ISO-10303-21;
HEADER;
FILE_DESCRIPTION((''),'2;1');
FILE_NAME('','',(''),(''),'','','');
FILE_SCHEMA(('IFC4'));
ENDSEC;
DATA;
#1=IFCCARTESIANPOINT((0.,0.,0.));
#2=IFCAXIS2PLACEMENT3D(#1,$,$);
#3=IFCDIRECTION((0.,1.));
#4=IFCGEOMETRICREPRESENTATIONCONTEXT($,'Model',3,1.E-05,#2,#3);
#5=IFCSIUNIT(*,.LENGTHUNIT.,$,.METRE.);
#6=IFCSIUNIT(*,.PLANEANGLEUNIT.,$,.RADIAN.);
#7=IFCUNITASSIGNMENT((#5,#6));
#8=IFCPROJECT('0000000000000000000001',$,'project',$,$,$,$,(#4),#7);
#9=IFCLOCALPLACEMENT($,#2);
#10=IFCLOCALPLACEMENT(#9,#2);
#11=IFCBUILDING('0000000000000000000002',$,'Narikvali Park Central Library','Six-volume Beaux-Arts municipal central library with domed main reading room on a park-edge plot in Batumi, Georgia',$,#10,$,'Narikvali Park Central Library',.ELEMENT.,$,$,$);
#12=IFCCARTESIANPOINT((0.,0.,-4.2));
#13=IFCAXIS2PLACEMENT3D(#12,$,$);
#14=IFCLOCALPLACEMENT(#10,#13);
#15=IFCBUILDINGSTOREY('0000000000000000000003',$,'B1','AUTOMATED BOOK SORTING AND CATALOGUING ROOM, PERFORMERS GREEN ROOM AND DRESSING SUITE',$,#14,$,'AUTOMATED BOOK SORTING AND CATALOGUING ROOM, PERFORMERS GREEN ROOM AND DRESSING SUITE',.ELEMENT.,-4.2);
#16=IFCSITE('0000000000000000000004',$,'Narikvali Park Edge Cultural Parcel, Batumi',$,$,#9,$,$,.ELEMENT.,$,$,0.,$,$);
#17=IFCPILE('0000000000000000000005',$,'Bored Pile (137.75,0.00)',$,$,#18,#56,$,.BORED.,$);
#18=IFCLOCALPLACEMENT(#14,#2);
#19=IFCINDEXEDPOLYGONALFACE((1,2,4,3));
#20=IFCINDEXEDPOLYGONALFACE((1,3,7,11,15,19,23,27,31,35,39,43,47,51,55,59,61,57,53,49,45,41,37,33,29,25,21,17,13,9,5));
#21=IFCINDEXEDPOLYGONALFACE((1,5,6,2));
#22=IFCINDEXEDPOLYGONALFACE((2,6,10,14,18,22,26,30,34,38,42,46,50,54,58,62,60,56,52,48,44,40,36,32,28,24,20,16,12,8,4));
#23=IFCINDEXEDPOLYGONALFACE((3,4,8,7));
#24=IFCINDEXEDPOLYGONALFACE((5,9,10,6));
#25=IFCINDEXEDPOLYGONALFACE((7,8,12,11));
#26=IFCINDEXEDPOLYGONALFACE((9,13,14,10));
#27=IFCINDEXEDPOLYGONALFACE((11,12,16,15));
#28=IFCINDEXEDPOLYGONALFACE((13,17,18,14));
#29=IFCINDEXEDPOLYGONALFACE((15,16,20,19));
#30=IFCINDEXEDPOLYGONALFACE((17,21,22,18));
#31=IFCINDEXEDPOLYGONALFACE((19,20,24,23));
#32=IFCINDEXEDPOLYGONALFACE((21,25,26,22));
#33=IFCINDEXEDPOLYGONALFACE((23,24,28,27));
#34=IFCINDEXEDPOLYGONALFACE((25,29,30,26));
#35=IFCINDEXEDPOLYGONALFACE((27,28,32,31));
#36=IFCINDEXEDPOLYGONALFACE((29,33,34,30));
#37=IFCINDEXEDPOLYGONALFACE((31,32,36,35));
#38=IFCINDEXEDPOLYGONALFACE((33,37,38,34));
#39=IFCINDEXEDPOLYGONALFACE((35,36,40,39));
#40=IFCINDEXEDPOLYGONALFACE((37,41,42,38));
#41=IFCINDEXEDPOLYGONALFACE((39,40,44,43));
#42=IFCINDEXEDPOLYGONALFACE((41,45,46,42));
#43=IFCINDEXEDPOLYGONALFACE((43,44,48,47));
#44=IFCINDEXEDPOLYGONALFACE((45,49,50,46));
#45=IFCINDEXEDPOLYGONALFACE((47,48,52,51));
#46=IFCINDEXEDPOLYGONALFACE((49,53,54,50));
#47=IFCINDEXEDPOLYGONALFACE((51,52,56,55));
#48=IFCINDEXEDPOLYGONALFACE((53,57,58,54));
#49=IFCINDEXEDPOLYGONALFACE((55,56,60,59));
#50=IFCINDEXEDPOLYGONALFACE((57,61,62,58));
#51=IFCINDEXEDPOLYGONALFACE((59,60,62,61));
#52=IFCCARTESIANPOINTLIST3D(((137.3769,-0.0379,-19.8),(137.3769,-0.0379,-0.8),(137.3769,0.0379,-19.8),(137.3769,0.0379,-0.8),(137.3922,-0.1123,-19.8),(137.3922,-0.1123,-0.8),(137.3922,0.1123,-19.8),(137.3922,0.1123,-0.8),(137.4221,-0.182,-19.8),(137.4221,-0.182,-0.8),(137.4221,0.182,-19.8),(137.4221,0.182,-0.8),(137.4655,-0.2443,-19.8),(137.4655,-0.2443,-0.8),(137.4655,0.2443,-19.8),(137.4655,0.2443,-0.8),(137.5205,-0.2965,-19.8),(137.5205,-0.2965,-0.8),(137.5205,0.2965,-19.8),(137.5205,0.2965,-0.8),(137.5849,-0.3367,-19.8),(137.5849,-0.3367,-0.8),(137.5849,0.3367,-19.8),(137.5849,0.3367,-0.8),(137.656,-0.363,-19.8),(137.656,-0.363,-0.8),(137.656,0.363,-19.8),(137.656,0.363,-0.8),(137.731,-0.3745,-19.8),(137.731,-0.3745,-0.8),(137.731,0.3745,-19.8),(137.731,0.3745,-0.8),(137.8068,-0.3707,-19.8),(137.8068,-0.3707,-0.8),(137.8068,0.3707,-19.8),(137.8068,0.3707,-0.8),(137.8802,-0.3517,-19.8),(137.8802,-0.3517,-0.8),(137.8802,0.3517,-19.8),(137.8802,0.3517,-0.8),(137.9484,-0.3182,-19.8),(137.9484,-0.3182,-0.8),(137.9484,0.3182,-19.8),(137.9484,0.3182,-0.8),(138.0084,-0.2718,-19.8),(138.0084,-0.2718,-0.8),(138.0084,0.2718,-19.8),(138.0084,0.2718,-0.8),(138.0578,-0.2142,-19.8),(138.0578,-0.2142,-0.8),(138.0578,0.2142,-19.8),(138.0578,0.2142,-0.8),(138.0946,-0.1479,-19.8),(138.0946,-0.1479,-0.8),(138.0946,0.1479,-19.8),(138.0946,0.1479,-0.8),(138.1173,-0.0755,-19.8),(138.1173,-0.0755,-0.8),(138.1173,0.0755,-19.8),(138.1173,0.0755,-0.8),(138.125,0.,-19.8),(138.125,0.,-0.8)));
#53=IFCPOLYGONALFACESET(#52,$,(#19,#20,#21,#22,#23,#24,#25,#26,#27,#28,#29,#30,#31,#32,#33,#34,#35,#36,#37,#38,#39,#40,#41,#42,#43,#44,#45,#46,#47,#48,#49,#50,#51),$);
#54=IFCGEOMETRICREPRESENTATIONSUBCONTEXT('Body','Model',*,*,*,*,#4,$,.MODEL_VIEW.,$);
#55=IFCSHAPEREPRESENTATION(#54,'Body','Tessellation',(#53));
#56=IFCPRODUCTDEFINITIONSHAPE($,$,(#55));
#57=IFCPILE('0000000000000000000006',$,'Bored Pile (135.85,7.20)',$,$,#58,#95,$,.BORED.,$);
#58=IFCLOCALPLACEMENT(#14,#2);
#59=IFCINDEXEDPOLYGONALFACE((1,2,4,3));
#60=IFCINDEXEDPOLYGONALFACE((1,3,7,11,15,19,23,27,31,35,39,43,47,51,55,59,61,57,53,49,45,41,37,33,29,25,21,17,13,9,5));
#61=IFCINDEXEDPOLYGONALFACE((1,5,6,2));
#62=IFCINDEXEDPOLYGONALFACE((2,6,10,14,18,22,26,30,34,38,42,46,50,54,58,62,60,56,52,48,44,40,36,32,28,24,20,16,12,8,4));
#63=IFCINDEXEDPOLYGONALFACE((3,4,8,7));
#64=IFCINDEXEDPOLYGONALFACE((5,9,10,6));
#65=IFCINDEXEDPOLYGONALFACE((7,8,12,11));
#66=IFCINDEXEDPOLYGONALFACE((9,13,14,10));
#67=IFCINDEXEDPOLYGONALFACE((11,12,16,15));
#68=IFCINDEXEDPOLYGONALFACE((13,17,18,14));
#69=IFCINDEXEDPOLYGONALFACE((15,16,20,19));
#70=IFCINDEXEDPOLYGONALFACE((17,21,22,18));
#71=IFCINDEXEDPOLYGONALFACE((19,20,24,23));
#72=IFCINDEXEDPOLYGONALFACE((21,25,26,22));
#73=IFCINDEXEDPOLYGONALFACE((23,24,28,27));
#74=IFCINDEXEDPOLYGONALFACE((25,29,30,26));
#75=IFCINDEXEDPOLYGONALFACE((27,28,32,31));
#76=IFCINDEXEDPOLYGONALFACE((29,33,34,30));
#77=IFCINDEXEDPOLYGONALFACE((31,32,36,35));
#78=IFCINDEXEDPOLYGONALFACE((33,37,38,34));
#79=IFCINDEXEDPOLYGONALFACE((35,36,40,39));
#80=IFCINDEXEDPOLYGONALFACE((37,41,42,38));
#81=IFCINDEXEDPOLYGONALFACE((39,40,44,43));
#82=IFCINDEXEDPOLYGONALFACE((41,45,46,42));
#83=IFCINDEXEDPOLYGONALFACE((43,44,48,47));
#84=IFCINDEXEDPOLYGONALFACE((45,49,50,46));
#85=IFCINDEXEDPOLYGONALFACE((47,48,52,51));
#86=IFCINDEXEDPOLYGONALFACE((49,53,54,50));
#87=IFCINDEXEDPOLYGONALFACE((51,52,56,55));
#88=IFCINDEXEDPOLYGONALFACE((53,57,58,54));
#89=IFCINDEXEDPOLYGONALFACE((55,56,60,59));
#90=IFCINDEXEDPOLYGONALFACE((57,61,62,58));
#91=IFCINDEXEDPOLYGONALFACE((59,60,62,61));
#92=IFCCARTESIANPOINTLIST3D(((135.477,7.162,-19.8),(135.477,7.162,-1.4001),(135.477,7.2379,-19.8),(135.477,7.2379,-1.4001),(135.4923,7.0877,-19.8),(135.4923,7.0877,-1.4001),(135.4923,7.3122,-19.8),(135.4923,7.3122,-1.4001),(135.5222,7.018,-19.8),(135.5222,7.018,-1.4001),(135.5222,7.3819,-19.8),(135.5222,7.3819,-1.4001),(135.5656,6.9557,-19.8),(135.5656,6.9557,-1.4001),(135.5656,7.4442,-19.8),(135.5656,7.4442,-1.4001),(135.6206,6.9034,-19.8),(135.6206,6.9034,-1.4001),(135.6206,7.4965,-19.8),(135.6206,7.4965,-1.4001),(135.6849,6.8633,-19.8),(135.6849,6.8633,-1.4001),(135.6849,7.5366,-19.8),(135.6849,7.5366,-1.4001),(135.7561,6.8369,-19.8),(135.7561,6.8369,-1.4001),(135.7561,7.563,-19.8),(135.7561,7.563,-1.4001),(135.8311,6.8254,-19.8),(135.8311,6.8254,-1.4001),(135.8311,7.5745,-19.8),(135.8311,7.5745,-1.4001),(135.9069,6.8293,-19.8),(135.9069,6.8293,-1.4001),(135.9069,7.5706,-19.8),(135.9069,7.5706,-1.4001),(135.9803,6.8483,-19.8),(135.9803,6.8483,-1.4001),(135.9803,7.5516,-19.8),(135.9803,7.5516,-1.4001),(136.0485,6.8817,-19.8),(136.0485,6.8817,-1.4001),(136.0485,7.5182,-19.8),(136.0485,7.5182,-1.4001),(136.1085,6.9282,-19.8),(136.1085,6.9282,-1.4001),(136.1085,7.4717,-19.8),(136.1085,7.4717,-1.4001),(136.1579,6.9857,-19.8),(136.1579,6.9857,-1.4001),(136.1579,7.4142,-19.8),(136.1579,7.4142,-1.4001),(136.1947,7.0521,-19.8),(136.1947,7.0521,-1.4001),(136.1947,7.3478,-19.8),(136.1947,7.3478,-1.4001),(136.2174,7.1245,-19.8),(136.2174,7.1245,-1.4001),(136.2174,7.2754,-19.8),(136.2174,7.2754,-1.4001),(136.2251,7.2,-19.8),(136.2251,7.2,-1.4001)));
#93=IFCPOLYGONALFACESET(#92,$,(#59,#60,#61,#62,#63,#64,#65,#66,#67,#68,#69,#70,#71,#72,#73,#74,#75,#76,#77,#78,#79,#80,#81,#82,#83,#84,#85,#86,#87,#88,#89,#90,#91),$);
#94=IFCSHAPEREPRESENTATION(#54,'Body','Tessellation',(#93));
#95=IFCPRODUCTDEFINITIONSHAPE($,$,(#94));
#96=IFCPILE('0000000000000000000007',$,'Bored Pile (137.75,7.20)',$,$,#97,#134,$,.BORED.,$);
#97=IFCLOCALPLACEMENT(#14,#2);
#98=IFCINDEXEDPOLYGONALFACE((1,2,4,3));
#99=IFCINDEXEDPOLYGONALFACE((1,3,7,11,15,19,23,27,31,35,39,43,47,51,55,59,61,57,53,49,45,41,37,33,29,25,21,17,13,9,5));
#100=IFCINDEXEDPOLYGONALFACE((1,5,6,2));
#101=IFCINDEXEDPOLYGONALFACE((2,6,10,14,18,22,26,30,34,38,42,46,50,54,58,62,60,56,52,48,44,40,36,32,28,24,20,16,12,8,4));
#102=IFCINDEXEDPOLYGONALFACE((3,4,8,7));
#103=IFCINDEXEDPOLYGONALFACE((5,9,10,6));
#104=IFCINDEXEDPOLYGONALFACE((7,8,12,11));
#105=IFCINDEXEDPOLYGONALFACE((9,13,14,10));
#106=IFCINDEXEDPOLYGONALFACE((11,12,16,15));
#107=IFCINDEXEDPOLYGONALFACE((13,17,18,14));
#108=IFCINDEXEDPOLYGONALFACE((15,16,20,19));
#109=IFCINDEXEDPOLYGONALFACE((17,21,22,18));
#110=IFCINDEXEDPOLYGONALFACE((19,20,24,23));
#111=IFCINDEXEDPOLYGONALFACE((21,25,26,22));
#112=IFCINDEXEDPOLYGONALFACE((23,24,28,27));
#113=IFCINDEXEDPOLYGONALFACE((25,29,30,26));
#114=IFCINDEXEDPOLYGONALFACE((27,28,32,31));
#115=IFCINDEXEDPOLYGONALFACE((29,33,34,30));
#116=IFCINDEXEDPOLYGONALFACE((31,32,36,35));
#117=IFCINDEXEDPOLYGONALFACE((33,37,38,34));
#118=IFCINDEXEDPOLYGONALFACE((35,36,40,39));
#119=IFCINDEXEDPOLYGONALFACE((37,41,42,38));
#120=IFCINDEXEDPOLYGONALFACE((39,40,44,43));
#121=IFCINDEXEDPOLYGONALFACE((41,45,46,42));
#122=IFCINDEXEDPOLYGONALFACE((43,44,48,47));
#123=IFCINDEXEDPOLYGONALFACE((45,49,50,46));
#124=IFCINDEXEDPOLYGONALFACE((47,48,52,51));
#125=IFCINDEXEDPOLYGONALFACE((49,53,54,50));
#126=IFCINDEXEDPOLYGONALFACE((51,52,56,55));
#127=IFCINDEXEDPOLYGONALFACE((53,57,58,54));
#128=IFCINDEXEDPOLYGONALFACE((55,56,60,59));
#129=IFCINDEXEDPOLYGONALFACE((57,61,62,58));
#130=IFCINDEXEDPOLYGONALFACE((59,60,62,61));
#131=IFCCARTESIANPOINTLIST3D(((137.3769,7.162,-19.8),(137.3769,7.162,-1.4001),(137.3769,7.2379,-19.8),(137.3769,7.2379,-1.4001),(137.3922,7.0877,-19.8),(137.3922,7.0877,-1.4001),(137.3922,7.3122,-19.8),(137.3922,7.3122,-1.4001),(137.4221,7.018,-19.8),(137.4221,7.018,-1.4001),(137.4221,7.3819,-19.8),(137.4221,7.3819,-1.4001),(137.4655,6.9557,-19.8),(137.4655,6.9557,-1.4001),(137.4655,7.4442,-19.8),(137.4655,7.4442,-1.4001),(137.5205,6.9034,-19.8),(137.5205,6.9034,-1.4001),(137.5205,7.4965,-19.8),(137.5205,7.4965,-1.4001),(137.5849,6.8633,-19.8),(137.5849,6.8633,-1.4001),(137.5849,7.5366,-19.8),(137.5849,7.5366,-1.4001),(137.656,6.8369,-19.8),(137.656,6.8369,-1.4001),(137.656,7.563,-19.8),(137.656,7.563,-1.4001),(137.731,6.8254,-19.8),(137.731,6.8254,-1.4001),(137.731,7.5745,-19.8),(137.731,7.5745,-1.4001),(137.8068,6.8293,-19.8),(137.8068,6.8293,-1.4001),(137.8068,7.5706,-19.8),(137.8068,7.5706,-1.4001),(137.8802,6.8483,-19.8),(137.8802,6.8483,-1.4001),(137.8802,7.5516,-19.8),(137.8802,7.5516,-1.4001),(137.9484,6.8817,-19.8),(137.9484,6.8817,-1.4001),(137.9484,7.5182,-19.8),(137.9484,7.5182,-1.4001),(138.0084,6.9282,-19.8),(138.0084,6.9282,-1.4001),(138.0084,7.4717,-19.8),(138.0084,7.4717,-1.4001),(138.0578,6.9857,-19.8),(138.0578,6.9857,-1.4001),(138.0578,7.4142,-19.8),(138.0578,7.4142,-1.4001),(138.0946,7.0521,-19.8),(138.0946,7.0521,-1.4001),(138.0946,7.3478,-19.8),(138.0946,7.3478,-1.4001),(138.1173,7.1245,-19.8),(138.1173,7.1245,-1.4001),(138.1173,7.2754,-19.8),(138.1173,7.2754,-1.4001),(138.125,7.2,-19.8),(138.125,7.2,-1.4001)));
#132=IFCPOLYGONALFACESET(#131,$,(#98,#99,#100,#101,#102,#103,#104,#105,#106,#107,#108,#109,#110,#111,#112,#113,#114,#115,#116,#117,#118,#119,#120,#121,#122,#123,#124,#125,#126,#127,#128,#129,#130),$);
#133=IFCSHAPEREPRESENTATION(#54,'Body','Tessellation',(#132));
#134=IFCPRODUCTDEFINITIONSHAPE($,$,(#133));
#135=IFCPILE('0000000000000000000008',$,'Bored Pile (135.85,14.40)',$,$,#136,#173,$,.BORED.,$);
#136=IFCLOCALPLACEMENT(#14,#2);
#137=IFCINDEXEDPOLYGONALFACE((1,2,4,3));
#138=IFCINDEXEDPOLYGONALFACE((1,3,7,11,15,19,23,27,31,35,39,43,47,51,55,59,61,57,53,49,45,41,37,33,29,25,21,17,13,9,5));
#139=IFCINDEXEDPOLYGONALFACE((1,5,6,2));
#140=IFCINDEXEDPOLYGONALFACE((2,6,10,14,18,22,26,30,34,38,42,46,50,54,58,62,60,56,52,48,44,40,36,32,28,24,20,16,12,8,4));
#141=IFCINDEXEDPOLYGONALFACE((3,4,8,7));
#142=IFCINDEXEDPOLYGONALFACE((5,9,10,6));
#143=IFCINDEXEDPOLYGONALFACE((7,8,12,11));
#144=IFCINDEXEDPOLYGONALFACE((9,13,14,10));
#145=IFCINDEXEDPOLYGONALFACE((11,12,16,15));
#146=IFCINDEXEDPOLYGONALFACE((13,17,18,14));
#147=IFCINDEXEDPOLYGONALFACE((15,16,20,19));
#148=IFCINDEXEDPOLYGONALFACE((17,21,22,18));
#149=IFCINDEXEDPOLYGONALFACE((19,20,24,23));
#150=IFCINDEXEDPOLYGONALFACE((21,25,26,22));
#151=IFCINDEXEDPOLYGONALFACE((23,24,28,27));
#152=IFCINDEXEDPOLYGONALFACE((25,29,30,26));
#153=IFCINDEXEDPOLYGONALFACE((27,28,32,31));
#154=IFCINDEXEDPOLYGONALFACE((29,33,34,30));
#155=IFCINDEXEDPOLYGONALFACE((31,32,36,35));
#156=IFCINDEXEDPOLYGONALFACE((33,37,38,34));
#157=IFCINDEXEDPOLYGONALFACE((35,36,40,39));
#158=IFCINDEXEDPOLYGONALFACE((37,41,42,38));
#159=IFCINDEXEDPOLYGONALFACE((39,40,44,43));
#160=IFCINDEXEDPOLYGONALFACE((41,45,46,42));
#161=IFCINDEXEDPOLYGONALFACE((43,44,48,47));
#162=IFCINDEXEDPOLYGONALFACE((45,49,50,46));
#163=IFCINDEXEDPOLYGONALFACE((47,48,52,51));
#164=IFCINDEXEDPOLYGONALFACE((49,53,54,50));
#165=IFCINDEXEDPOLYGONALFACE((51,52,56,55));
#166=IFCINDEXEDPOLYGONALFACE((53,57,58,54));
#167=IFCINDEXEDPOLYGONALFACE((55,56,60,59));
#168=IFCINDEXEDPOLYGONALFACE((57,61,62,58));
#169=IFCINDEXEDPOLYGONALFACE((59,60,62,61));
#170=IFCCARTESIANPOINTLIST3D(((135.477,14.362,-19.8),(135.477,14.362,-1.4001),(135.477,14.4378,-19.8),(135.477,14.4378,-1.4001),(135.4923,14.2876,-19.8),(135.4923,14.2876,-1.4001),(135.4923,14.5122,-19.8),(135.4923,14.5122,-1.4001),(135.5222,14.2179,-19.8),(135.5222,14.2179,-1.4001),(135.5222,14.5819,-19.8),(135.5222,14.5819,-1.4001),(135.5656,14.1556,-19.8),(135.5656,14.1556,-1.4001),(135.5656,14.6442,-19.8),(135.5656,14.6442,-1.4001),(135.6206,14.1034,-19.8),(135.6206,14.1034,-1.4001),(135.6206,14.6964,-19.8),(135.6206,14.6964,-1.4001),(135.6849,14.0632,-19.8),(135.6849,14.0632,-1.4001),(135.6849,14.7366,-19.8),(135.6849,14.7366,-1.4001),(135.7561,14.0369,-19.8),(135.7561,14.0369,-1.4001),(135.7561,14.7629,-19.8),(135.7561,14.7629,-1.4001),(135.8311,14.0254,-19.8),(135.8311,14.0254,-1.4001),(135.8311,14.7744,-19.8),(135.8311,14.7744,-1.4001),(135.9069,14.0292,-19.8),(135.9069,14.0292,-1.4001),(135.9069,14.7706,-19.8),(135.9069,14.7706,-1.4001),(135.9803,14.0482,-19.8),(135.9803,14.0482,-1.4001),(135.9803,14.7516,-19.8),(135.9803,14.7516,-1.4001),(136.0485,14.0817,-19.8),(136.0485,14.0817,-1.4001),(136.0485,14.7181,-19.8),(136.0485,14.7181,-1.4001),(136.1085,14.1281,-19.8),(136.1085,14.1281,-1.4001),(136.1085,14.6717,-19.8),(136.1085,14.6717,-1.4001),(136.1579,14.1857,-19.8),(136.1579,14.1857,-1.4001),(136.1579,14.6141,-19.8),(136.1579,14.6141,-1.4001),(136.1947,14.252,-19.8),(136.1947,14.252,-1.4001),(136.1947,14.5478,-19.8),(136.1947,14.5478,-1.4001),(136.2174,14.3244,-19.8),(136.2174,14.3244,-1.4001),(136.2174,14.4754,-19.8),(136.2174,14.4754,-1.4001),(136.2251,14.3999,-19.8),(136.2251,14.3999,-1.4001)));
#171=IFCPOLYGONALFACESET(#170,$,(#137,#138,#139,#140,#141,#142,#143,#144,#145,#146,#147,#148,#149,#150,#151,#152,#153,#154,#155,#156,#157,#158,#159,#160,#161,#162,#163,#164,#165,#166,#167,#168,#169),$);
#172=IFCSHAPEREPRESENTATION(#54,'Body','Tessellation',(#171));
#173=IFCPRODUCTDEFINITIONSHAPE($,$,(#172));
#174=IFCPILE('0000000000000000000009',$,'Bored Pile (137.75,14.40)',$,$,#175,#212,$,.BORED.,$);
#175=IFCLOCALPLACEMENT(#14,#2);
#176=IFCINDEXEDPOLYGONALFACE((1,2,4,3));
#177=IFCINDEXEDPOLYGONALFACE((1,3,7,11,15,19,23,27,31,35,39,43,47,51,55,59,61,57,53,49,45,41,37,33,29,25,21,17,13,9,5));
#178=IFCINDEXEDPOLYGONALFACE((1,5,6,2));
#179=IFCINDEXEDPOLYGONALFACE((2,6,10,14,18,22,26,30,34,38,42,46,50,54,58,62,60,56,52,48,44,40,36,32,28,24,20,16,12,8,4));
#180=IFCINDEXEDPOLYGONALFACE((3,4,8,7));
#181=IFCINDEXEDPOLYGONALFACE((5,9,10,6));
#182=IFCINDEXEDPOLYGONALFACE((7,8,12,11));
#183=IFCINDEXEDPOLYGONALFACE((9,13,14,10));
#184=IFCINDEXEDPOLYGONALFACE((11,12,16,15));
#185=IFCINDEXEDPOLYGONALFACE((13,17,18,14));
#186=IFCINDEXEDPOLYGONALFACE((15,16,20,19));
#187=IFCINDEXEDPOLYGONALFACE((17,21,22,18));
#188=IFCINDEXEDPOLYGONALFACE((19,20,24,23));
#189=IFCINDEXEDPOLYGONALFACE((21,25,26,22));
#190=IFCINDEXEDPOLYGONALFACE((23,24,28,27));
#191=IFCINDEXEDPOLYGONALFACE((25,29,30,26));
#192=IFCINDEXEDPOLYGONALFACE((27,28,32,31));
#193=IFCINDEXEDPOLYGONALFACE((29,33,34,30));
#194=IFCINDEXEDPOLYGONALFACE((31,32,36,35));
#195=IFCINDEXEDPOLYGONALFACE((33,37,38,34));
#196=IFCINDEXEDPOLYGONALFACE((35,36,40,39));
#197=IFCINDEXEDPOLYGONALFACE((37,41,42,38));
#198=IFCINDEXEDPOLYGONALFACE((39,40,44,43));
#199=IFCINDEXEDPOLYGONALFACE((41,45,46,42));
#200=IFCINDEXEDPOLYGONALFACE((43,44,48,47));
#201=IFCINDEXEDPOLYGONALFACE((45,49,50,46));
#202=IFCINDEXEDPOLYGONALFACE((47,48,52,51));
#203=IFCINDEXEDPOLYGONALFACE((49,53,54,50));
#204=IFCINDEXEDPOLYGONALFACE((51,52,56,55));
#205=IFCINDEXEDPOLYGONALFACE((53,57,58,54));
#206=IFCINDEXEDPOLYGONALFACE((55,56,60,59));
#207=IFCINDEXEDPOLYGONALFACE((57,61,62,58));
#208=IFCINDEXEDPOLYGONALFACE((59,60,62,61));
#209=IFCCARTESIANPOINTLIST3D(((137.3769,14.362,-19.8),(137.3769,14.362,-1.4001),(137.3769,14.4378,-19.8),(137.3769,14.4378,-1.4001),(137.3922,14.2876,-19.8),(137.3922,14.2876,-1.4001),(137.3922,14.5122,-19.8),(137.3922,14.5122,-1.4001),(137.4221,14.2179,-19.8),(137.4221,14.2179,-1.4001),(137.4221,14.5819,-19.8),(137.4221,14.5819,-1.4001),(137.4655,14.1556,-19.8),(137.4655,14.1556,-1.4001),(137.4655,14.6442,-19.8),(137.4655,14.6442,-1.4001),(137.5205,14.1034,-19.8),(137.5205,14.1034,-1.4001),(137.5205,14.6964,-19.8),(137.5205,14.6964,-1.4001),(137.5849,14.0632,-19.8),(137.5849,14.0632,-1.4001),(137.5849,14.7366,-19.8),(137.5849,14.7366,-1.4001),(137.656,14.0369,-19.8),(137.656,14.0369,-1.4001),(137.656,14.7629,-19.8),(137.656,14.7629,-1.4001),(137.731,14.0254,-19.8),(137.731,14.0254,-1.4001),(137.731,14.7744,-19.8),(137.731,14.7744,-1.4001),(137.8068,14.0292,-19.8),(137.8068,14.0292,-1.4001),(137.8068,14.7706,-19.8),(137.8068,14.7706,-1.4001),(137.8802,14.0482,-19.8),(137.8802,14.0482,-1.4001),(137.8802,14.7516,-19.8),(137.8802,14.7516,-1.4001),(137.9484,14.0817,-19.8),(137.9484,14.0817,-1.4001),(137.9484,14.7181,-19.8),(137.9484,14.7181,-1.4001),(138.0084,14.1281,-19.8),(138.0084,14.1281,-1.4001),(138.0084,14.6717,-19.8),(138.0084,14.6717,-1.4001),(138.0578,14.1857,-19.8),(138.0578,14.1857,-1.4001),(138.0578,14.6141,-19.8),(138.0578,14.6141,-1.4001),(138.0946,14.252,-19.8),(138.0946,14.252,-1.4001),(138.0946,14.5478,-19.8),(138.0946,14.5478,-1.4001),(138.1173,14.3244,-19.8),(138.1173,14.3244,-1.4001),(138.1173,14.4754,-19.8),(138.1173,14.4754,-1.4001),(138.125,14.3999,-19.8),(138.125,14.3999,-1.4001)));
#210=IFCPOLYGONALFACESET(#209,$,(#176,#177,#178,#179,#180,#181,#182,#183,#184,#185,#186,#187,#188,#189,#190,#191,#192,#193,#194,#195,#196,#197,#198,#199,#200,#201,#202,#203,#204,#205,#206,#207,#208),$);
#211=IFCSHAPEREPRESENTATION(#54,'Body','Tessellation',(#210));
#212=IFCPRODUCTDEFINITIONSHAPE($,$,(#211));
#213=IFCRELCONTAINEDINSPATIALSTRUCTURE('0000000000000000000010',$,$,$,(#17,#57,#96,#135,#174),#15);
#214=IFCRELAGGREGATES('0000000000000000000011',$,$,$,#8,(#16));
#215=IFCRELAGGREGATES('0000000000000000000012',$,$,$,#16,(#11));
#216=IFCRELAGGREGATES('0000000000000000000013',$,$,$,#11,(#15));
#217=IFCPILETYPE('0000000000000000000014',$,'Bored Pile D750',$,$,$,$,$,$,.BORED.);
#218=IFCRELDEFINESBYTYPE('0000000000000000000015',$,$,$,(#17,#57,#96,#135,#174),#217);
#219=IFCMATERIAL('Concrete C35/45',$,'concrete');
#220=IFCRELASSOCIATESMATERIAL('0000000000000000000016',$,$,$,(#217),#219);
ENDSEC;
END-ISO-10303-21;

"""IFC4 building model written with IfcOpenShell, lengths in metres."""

from ifc_helpers import new_model, si_unit, direction, frame, origin, origin_2d, place, context, subcontext, project, spatial, circle, extrude, material, material_profile, profile_set, type_object, element, save


model = new_model("IFC4")

# Units and contexts
model_context = context("Model", 3, precision=1e-05, world=origin(), true_north=direction((0.0, 1.0)))
body_context = subcontext(model_context, "Body", "Model", "MODEL_VIEW")
ifc_project = project(units=[si_unit("LENGTHUNIT", "METRE"), si_unit("PLANEANGLEUNIT", "RADIAN")], contexts=[model_context])

# Site, building, storey
site_placement = place(None, origin())
site = spatial("IfcSite", under=ifc_project, at=site_placement, Name="Narikvali Park Edge Cultural Parcel, Batumi", CompositionType="ELEMENT", RefElevation=0.0)
building_placement = place(site_placement, origin())
building = spatial("IfcBuilding", under=site, at=building_placement, Name="Narikvali Park Central Library", Description="Six-volume Beaux-Arts municipal central library with domed main reading room on a park-edge plot in Batumi, Georgia", LongName="Narikvali Park Central Library", CompositionType="ELEMENT")
storey_placement = place(building_placement, frame((0.0, 0.0, -4.2)))
storey = spatial("IfcBuildingStorey", under=building, at=storey_placement, Name="B1", Description="AUTOMATED BOOK SORTING AND CATALOGUING ROOM, PERFORMERS GREEN ROOM AND DRESSING SUITE", LongName="AUTOMATED BOOK SORTING AND CATALOGUING ROOM, PERFORMERS GREEN ROOM AND DRESSING SUITE", CompositionType="ELEMENT", Elevation=-4.2)

# Piles
ifc_material_1 = material(Name="Concrete C35/45", Category="concrete")
ifc_material_profile_1 = material_profile(ifc_material_1, circle(Radius=0.375, at=origin_2d()), Name="PILE D750")
ifc_profile_set_1 = profile_set([ifc_material_profile_1], Name="Concrete C35/45")
pile_type = type_object("IfcPileType", Name="Bored Pile D750", PredefinedType="BORED", material=ifc_profile_set_1)
for number, where, z_axis, x_axis, name in (
    (1, (137.75, 0.0, -0.8), (0.0, 0.0, -1.0), (1.0, 0.0, 0.0), "Bored Pile (137.75,0.00)"),
):
    element("IfcPile", number, at=place(storey_placement, frame(where, z_axis=z_axis, x_axis=x_axis)), inside=storey, type_object=pile_type, Name=name, PredefinedType="BORED", context=body_context, shape_type="SweptSolid", body=[
        extrude(circle(Radius=0.375, at=origin_2d()), origin(), (0.0, 0.0, 1.0), 19.0),
    ])
for number, where, z_axis, x_axis, name in (
    (2, (135.8501, 7.2, -1.4001), (0.0, 0.0, -1.0), (1.0, 0.0, 0.0), "Bored Pile (135.85,7.20)"),
    (3, (137.75, 7.2, -1.4001), (0.0, 0.0, -1.0), (1.0, 0.0, 0.0), "Bored Pile (137.75,7.20)"),
    (4, (135.8501, 14.3999, -1.4001), (0.0, 0.0, -1.0), (1.0, 0.0, 0.0), "Bored Pile (135.85,14.40)"),
    (5, (137.75, 14.3999, -1.4001), (0.0, 0.0, -1.0), (1.0, 0.0, 0.0), "Bored Pile (137.75,14.40)"),
):
    element("IfcPile", number, at=place(storey_placement, frame(where, z_axis=z_axis, x_axis=x_axis)), inside=storey, type_object=pile_type, Name=name, PredefinedType="BORED", context=body_context, shape_type="SweptSolid", body=[
        extrude(circle(Radius=0.375, at=origin_2d()), origin(), (0.0, 0.0, 1.0), 18.3999),
    ])

save(model, "model.ifc")
